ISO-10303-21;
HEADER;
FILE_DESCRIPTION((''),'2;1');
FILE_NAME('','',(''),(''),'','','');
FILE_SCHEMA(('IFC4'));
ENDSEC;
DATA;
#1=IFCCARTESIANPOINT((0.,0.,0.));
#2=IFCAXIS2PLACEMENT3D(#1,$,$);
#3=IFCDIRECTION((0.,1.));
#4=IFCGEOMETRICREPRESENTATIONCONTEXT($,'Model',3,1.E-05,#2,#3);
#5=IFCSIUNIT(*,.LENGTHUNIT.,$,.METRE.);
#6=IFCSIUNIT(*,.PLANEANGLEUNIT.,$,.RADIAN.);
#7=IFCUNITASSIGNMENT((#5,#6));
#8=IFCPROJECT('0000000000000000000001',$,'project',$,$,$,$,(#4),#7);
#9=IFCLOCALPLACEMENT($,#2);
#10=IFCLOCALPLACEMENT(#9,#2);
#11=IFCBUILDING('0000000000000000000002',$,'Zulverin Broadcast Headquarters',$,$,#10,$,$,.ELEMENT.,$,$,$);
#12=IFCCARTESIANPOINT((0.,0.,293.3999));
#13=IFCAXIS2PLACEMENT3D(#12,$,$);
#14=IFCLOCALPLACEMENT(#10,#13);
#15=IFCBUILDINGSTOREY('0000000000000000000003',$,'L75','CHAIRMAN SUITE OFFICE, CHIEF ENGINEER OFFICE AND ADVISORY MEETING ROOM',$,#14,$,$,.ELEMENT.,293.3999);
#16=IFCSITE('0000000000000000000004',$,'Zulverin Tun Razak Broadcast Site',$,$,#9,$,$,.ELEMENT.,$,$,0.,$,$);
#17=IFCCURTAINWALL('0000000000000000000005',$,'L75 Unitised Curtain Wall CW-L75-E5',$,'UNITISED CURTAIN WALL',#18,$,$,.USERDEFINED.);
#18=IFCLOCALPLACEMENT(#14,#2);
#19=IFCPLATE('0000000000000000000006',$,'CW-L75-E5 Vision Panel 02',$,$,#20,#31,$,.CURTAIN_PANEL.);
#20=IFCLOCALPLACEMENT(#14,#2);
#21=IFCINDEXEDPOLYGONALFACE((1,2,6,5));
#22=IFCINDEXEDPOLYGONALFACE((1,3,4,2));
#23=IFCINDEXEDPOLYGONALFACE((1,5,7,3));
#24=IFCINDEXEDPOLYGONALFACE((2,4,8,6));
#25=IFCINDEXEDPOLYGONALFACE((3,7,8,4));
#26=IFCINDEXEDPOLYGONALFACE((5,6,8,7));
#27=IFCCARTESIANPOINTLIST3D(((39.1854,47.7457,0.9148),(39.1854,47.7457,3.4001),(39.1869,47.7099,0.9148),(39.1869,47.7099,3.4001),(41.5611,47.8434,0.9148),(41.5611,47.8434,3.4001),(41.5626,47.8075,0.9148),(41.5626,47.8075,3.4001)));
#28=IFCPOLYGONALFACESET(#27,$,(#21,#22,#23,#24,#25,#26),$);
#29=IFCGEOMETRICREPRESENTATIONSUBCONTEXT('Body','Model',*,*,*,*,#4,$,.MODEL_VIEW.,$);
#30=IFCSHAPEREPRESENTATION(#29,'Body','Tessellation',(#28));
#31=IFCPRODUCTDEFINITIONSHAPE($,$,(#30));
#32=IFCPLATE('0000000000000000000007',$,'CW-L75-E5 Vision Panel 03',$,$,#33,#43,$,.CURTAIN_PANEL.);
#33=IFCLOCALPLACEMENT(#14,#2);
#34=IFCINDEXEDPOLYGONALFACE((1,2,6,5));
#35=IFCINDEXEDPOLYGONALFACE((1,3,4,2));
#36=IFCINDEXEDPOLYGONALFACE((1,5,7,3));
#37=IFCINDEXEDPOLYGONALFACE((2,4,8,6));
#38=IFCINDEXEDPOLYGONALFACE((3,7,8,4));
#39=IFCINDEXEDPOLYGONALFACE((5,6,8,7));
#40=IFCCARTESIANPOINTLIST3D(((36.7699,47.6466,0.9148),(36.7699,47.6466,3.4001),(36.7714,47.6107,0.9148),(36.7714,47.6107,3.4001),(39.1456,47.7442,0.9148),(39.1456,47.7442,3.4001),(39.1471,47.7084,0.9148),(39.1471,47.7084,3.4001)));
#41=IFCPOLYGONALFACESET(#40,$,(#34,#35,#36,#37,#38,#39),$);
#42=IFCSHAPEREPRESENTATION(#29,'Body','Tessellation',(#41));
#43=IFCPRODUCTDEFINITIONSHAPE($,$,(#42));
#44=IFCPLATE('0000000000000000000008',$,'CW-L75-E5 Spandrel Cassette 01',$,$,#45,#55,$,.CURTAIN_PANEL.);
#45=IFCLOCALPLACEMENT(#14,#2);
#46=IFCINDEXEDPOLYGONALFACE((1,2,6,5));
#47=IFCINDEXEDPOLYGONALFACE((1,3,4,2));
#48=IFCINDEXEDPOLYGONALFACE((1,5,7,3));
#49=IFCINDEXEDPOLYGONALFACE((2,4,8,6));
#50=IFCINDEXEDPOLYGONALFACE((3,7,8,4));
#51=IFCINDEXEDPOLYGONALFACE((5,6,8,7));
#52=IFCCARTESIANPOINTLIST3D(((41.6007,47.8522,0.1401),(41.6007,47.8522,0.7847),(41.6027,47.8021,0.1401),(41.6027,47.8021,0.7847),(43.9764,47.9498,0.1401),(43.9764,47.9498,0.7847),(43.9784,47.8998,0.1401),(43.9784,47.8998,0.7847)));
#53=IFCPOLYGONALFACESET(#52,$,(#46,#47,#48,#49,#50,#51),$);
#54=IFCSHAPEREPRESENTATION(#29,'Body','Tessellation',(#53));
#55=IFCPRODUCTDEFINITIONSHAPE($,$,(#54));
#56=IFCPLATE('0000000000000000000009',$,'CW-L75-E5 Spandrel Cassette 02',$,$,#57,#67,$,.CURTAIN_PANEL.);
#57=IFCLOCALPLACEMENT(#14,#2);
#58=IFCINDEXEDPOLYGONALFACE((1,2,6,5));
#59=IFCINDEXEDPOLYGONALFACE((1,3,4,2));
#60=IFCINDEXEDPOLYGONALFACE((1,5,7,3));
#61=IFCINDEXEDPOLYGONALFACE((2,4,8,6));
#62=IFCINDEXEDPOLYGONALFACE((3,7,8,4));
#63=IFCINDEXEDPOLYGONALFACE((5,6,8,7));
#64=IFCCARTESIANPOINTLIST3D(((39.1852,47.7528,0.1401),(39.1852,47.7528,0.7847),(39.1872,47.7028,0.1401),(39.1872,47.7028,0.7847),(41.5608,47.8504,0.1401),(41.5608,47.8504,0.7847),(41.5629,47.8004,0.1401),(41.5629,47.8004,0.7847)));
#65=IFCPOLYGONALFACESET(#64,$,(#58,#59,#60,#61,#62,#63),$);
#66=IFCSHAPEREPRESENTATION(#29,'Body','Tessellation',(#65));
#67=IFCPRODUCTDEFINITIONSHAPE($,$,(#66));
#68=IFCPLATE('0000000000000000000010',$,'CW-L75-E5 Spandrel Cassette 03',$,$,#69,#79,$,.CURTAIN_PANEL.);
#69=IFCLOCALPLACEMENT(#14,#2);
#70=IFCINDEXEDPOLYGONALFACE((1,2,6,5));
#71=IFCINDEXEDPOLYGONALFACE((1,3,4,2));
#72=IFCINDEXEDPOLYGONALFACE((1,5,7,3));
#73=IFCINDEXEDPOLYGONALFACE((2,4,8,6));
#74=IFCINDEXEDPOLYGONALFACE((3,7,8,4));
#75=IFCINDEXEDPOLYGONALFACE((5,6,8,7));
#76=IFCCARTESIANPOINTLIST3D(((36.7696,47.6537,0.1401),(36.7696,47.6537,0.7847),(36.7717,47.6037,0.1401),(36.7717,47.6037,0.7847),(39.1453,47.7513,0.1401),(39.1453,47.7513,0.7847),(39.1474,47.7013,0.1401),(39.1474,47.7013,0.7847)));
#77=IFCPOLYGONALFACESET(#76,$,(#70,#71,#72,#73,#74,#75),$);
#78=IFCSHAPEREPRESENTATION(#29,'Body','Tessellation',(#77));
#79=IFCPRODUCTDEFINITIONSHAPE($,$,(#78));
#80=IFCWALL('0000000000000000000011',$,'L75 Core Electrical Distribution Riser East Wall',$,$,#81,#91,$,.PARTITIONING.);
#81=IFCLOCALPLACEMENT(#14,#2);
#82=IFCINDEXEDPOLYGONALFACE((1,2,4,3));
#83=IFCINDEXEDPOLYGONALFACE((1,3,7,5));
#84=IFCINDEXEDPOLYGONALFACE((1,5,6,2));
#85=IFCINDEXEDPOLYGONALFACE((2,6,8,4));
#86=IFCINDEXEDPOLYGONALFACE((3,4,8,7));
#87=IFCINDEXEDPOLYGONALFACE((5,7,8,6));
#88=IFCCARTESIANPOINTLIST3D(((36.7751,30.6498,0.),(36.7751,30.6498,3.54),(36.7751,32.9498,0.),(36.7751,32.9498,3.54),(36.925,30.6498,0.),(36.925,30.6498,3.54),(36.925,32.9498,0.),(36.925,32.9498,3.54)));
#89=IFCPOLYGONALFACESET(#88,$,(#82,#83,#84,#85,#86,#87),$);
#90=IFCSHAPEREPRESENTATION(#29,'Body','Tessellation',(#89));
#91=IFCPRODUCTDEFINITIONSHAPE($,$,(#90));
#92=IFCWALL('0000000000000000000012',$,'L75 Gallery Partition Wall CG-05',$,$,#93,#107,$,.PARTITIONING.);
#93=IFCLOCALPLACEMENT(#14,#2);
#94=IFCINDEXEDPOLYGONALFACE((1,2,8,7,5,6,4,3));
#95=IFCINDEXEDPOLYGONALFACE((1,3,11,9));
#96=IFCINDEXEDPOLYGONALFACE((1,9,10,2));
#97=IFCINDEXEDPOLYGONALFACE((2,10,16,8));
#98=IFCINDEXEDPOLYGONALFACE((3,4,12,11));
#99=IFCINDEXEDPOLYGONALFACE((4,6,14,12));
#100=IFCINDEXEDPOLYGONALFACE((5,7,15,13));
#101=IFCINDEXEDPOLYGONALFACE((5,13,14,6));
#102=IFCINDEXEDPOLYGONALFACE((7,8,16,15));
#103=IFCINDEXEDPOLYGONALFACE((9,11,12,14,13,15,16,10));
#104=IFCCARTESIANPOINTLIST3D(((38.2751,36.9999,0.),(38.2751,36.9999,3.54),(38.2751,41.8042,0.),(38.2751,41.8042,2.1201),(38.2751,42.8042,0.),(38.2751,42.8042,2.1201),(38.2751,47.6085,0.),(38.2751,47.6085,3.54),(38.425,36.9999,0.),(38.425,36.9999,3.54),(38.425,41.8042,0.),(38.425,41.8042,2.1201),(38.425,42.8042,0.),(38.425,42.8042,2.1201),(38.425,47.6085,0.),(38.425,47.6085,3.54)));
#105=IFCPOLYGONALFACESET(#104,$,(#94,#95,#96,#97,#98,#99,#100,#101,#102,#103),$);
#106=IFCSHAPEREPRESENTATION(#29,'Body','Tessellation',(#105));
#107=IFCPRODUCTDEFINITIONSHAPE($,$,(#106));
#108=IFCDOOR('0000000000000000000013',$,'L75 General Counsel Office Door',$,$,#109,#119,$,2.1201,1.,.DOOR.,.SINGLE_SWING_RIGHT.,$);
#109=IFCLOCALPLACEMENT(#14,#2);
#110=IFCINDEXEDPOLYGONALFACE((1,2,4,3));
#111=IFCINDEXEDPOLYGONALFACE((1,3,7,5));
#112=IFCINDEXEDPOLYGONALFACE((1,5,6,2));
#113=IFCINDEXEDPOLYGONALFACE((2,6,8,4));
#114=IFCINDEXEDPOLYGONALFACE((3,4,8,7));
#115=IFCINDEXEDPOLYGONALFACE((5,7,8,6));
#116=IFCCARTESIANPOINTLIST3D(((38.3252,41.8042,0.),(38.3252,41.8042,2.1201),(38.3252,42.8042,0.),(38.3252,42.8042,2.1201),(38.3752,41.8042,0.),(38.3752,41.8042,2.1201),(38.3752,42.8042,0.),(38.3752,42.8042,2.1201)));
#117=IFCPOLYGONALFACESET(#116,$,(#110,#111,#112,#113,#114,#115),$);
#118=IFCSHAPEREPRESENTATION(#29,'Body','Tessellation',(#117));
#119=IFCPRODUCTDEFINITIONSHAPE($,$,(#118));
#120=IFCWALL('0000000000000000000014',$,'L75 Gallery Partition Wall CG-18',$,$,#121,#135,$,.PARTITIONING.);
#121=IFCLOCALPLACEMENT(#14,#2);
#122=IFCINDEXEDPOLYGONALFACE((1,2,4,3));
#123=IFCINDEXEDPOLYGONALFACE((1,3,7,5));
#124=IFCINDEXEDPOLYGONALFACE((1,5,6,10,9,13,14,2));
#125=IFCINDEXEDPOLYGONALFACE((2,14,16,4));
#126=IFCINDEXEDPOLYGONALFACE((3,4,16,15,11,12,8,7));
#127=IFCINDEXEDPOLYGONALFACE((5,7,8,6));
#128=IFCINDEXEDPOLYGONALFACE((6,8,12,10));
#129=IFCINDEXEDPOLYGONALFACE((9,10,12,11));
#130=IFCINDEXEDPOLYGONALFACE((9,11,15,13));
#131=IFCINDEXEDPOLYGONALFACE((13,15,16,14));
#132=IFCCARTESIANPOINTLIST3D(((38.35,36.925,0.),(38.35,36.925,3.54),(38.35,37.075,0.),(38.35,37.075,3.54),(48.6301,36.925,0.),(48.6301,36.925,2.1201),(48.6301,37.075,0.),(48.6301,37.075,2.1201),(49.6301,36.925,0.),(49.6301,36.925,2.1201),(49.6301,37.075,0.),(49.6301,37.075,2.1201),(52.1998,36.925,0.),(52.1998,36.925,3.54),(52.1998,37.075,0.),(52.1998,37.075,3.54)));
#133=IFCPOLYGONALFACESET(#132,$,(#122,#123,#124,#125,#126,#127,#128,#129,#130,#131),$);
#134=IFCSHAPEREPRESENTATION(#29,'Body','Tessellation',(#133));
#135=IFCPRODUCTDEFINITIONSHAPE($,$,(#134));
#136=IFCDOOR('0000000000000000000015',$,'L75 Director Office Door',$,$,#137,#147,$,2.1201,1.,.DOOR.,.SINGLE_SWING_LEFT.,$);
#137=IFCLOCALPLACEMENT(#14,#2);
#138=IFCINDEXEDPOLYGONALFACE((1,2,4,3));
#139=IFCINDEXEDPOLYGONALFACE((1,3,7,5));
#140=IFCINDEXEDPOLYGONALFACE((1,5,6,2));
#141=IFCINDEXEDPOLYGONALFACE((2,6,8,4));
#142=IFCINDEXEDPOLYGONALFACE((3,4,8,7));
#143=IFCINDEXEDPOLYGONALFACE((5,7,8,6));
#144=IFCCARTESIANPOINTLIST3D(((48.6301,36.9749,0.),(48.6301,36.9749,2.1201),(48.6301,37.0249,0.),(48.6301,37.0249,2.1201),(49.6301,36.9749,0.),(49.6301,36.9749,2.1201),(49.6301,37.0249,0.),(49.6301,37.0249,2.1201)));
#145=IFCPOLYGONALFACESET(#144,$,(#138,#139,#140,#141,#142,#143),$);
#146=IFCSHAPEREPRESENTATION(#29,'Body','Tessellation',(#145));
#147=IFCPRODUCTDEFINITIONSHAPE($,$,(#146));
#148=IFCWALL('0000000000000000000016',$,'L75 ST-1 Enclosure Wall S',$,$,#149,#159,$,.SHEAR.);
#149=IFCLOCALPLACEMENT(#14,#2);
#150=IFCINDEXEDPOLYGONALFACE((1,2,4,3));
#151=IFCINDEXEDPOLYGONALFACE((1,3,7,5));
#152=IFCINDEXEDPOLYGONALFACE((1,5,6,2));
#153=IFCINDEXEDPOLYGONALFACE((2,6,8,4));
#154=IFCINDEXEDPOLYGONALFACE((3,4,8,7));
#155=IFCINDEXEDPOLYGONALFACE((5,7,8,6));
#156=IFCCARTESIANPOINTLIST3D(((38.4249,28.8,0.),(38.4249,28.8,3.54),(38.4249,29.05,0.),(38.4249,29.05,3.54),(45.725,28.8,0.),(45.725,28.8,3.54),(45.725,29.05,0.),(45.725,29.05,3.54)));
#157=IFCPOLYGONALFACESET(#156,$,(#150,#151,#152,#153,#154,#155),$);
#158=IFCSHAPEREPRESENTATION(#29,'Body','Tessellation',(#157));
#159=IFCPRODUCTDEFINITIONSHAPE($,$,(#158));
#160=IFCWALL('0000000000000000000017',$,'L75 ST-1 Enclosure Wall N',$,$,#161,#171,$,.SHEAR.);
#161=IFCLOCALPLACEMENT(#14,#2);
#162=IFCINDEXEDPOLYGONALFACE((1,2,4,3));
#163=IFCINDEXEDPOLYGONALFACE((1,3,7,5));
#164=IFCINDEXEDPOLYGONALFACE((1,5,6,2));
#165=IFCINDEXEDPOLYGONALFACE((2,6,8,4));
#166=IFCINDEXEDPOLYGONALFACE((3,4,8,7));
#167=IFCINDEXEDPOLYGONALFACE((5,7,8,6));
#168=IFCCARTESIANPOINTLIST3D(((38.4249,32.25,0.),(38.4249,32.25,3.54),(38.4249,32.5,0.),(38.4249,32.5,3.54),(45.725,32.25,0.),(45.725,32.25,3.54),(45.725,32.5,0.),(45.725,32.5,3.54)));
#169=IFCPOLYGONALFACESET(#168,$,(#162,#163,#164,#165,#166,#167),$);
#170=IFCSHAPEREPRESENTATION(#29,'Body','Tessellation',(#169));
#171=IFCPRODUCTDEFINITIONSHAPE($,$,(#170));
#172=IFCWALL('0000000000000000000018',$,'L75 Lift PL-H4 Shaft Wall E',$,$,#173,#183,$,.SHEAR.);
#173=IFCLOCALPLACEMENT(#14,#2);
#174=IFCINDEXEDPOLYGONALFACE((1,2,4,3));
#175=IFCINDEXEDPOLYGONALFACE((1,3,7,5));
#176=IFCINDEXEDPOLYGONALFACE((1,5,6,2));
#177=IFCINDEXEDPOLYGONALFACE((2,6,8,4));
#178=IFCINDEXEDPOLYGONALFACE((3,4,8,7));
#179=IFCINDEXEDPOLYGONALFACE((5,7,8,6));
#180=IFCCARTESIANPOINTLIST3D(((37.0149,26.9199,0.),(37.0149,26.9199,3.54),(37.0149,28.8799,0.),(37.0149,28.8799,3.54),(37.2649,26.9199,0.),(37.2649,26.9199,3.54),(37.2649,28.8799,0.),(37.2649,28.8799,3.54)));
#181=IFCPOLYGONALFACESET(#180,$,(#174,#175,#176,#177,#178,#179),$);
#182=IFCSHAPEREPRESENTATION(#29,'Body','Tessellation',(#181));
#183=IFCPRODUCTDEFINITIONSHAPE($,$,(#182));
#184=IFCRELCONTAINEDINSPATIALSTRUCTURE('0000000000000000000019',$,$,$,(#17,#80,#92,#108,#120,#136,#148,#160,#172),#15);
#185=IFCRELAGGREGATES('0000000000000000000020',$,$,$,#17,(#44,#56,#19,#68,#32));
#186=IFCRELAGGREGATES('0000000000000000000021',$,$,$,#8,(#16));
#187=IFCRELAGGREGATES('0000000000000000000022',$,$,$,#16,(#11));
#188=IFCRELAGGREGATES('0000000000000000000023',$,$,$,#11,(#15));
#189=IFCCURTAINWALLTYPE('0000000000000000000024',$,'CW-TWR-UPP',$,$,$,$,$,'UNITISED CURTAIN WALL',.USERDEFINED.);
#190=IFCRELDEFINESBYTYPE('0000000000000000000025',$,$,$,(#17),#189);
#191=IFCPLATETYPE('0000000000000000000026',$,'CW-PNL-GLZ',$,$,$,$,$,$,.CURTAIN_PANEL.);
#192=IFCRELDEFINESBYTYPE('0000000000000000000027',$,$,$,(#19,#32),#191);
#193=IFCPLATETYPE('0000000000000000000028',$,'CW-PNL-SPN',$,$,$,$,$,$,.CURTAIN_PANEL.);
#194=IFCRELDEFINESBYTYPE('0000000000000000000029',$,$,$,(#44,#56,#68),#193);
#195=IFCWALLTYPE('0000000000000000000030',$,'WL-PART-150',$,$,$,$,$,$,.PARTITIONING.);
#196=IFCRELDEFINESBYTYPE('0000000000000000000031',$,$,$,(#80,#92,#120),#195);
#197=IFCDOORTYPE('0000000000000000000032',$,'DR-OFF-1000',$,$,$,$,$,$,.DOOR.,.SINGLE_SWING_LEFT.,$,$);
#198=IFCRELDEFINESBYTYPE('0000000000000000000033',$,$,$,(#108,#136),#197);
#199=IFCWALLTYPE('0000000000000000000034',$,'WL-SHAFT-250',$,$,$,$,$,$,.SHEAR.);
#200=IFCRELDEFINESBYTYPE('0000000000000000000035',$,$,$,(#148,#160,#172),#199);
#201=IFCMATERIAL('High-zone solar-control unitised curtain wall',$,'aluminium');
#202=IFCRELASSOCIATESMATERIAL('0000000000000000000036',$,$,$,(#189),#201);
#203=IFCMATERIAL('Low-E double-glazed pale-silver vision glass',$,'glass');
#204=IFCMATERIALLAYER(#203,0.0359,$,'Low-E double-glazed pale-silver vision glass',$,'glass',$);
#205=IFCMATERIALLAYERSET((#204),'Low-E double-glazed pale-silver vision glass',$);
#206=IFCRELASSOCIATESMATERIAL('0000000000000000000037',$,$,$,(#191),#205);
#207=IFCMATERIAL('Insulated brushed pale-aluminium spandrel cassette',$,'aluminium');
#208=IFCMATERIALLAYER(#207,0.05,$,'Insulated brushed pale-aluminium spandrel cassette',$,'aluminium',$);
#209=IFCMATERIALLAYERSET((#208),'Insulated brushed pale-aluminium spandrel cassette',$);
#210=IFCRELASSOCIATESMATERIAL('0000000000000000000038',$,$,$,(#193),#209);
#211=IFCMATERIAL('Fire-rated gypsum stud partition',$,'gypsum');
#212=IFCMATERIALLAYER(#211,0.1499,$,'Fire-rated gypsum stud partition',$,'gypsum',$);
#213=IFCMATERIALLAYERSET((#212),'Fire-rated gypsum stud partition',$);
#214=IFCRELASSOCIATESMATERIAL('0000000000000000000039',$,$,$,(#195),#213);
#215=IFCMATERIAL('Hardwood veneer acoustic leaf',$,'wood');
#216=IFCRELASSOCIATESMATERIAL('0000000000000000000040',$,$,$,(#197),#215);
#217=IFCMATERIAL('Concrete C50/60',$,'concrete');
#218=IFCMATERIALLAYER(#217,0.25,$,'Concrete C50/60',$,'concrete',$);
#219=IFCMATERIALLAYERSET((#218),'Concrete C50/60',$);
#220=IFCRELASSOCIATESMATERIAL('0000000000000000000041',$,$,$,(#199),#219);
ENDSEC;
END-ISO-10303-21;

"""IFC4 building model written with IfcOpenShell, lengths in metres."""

from ifc_helpers import new_model, si_unit, direction, frame, frame_2d, origin, origin_2d, place, context, subcontext, project, spatial, rectangle, extrude, material, layer, layer_set, type_object, element, fill, aggregate, save


model = new_model("IFC4")

# Units and contexts
model_context = context("Model", 3, precision=1e-05, world=origin(), true_north=direction((0.0, 1.0)))
body_context = subcontext(model_context, "Body", "Model", "MODEL_VIEW")
ifc_project = project(units=[si_unit("LENGTHUNIT", "METRE"), si_unit("PLANEANGLEUNIT", "RADIAN")], contexts=[model_context])

# Site, building, storey
site_placement = place(None, origin())
site = spatial("IfcSite", under=ifc_project, at=site_placement, Name="Zulverin Tun Razak Broadcast Site", CompositionType="ELEMENT", RefElevation=0.0)
building_placement = place(site_placement, origin())
building = spatial("IfcBuilding", under=site, at=building_placement, Name="Zulverin Broadcast Headquarters", CompositionType="ELEMENT")
storey_placement = place(building_placement, frame((0.0, 0.0, 293.3999)))
storey = spatial("IfcBuildingStorey", under=building, at=storey_placement, Name="L75", Description="CHAIRMAN SUITE OFFICE, CHIEF ENGINEER OFFICE AND ADVISORY MEETING ROOM", CompositionType="ELEMENT", Elevation=293.3999)

# Shared definitions
ifc_material_1 = material(Name="Concrete C50/60", Category="concrete")

# Curtain wall, plates
ifc_material_2 = material(Name="High-zone solar-control unitised curtain wall", Category="aluminium")
curtain_wall_type = type_object("IfcCurtainWallType", Name="CW-TWR-UPP", ElementType="UNITISED CURTAIN WALL", PredefinedType="USERDEFINED", material=ifc_material_2)
curtain_wall_placement = place(storey_placement, origin())
curtain_wall = element("IfcCurtainWall", 1, at=curtain_wall_placement, inside=storey, type_object=curtain_wall_type, Name="L75 Unitised Curtain Wall CW-L75-E5", ObjectType="UNITISED CURTAIN WALL", PredefinedType="USERDEFINED")
ifc_material_3 = material(Name="Low-E double-glazed pale-silver vision glass", Category="glass")
ifc_layer_1 = layer(ifc_material_3, 0.0359, Name="Low-E double-glazed pale-silver vision glass", Category="glass")
ifc_layer_set_1 = layer_set([ifc_layer_1], Name="Low-E double-glazed pale-silver vision glass")
plate_type_1 = type_object("IfcPlateType", Name="CW-PNL-GLZ", PredefinedType="CURTAIN_PANEL", material=ifc_layer_set_1)
plate_1_placement = place(storey_placement, frame((40.374, 47.7766, 0.9148), z_axis=(0.0, 0.0, 1.0), x_axis=(-0.999156, -0.041068, 0.0)))
plate_1 = element("IfcPlate", 2, at=plate_1_placement, type_object=plate_type_1, Name="CW-L75-E5 Vision Panel 02", PredefinedType="CURTAIN_PANEL", context=body_context, shape_type="SweptSolid", body=[
    extrude(rectangle(XDim=2.3777, YDim=0.0359, at=origin_2d()), origin(), (0.0, 0.0, 1.0), 2.4854),
])
plate_2_placement = place(storey_placement, frame((37.9585, 47.6775, 0.9148), z_axis=(0.0, 0.0, 1.0), x_axis=(-0.999156, -0.041068, 0.0)))
plate_2 = element("IfcPlate", 3, at=plate_2_placement, type_object=plate_type_1, Name="CW-L75-E5 Vision Panel 03", PredefinedType="CURTAIN_PANEL", context=body_context, shape_type="SweptSolid", body=[
    extrude(rectangle(XDim=2.3777, YDim=0.0359, at=origin_2d()), origin(), (0.0, 0.0, 1.0), 2.4854),
])
ifc_material_4 = material(Name="Insulated brushed pale-aluminium spandrel cassette", Category="aluminium")
ifc_layer_2 = layer(ifc_material_4, 0.05, Name="Insulated brushed pale-aluminium spandrel cassette", Category="aluminium")
ifc_layer_set_2 = layer_set([ifc_layer_2], Name="Insulated brushed pale-aluminium spandrel cassette")
plate_type_2 = type_object("IfcPlateType", Name="CW-PNL-SPN", PredefinedType="CURTAIN_PANEL", material=ifc_layer_set_2)
plate_3_placement = place(storey_placement, frame((42.7896, 47.876, 0.1401), z_axis=(0.0, 0.0, 1.0), x_axis=(-0.999156, -0.041068, 0.0)))
plate_3 = element("IfcPlate", 4, at=plate_3_placement, type_object=plate_type_2, Name="CW-L75-E5 Spandrel Cassette 01", PredefinedType="CURTAIN_PANEL", context=body_context, shape_type="SweptSolid", body=[
    extrude(rectangle(XDim=2.3777, YDim=0.05, at=origin_2d()), origin(), (0.0, 0.0, 1.0), 0.6445),
])
plate_4_placement = place(storey_placement, frame((40.374, 47.7766, 0.1401), z_axis=(0.0, 0.0, 1.0), x_axis=(-0.999156, -0.041068, 0.0)))
plate_4 = element("IfcPlate", 5, at=plate_4_placement, type_object=plate_type_2, Name="CW-L75-E5 Spandrel Cassette 02", PredefinedType="CURTAIN_PANEL", context=body_context, shape_type="SweptSolid", body=[
    extrude(rectangle(XDim=2.3777, YDim=0.05, at=origin_2d()), origin(), (0.0, 0.0, 1.0), 0.6445),
])
plate_5_placement = place(storey_placement, frame((37.9585, 47.6775, 0.1401), z_axis=(0.0, 0.0, 1.0), x_axis=(-0.999156, -0.041068, 0.0)))
plate_5 = element("IfcPlate", 6, at=plate_5_placement, type_object=plate_type_2, Name="CW-L75-E5 Spandrel Cassette 03", PredefinedType="CURTAIN_PANEL", context=body_context, shape_type="SweptSolid", body=[
    extrude(rectangle(XDim=2.3777, YDim=0.05, at=origin_2d()), origin(), (0.0, 0.0, 1.0), 0.6445),
])
aggregate(curtain_wall, [plate_3, plate_4, plate_1, plate_5, plate_2])

# Wall
ifc_material_5 = material(Name="Fire-rated gypsum stud partition", Category="gypsum")
ifc_layer_3 = layer(ifc_material_5, 0.1499, Name="Fire-rated gypsum stud partition", Category="gypsum")
ifc_layer_set_3 = layer_set([ifc_layer_3], Name="Fire-rated gypsum stud partition")
wall_type_1 = type_object("IfcWallType", Name="WL-PART-150", PredefinedType="PARTITIONING", material=ifc_layer_set_3)
wall_1_placement = place(storey_placement, frame((36.8501, 30.6499, 0.0), z_axis=(0.0, 0.0, 1.0), x_axis=(0.0, 1.0, 0.0)))
element("IfcWall", 7, at=wall_1_placement, inside=storey, type_object=wall_type_1, Name="L75 Core Electrical Distribution Riser East Wall", PredefinedType="PARTITIONING", context=body_context, shape_type="SweptSolid", body=[
    extrude(rectangle(XDim=2.3, YDim=0.1499, at=frame_2d((1.1499, 0.0))), origin(), (0.0, 0.0, 1.0), 3.54),
])

# Walls, openings, doors
wall_2_placement = place(storey_placement, frame((38.3501, 37.0, 0.0), z_axis=(0.0, 0.0, 1.0), x_axis=(0.0, 1.0, 0.0)))
wall_2 = element("IfcWall", 8, at=wall_2_placement, inside=storey, type_object=wall_type_1, Name="L75 Gallery Partition Wall CG-05", PredefinedType="PARTITIONING", context=body_context, shape_type="SweptSolid", body=[
    extrude(rectangle(XDim=10.6086, YDim=0.1499, at=frame_2d((5.3042, 0.0))), origin(), (0.0, 0.0, 1.0), 3.54),
])
opening_1_placement = place(wall_2_placement, frame((4.8042, 0.0, 0.0)))
opening_1 = element("IfcOpeningElement", 9, at=opening_1_placement, cuts=wall_2, PredefinedType="OPENING", context=body_context, shape_type="SweptSolid", body=[
    extrude(rectangle(XDim=1.0, YDim=2.1201, at=frame_2d((0.5, 1.0601))), frame((0.0, 0.085, 0.0), z_axis=(0.0, -1.0, 0.0), x_axis=(1.0, 0.0, 0.0)), (0.0, 0.0, 1.0), 0.1699),
])
ifc_material_6 = material(Name="Hardwood veneer acoustic leaf", Category="wood")
door_type_1 = type_object("IfcDoorType", Name="DR-OFF-1000", OperationType="SINGLE_SWING_LEFT", PredefinedType="DOOR", material=ifc_material_6)
door_1_placement = place(opening_1_placement, origin())
door_1 = element("IfcDoor", 10, at=door_1_placement, inside=storey, type_object=door_type_1, Name="L75 General Counsel Office Door", OperationType="SINGLE_SWING_RIGHT", OverallHeight=2.1201, OverallWidth=1.0, PredefinedType="DOOR", context=body_context, shape_type="SweptSolid", body=[
    extrude(rectangle(XDim=1.0, YDim=2.1201, at=frame_2d((0.5, 1.0601))), frame((0.0, 0.0249, 0.0), z_axis=(0.0, -1.0, 0.0), x_axis=(1.0, 0.0, 0.0)), (0.0, 0.0, 1.0), 0.05),
])
fill(opening_1, door_1)
wall_3_placement = place(storey_placement, frame((38.3501, 37.0, 0.0), z_axis=(0.0, 0.0, 1.0), x_axis=(1.0, 0.0, 0.0)))
wall_3 = element("IfcWall", 11, at=wall_3_placement, inside=storey, type_object=wall_type_1, Name="L75 Gallery Partition Wall CG-18", PredefinedType="PARTITIONING", context=body_context, shape_type="SweptSolid", body=[
    extrude(rectangle(XDim=13.8499, YDim=0.1499, at=frame_2d((6.9248, 0.0))), origin(), (0.0, 0.0, 1.0), 3.54),
])
opening_2_placement = place(wall_3_placement, frame((10.28, 0.0, 0.0)))
opening_2 = element("IfcOpeningElement", 12, at=opening_2_placement, cuts=wall_3, PredefinedType="OPENING", context=body_context, shape_type="SweptSolid", body=[
    extrude(rectangle(XDim=1.0, YDim=2.1201, at=frame_2d((0.5, 1.0601))), frame((0.0, 0.085, 0.0), z_axis=(0.0, -1.0, 0.0), x_axis=(1.0, 0.0, 0.0)), (0.0, 0.0, 1.0), 0.1699),
])
door_2_placement = place(opening_2_placement, origin())
door_2 = element("IfcDoor", 13, at=door_2_placement, inside=storey, type_object=door_type_1, Name="L75 Director Office Door", OperationType="SINGLE_SWING_LEFT", OverallHeight=2.1201, OverallWidth=1.0, PredefinedType="DOOR", context=body_context, shape_type="SweptSolid", body=[
    extrude(rectangle(XDim=1.0, YDim=2.1201, at=frame_2d((0.5, 1.0601))), frame((0.0, 0.0249, 0.0), z_axis=(0.0, -1.0, 0.0), x_axis=(1.0, 0.0, 0.0)), (0.0, 0.0, 1.0), 0.05),
])
fill(opening_2, door_2)

# Walls
ifc_layer_4 = layer(ifc_material_1, 0.25, Name="Concrete C50/60", Category="concrete")
ifc_layer_set_4 = layer_set([ifc_layer_4], Name="Concrete C50/60")
wall_type_2 = type_object("IfcWallType", Name="WL-SHAFT-250", PredefinedType="SHEAR", material=ifc_layer_set_4)
for number, where, z_axis, x_axis, name in (
    (14, (38.425, 28.925, 0.0), (0.0, 0.0, 1.0), (1.0, 0.0, 0.0), "L75 ST-1 Enclosure Wall S"),
    (15, (38.425, 32.375, 0.0), (0.0, 0.0, 1.0), (1.0, 0.0, 0.0), "L75 ST-1 Enclosure Wall N"),
):
    element("IfcWall", number, at=place(storey_placement, frame(where, z_axis=z_axis, x_axis=x_axis)), inside=storey, type_object=wall_type_2, Name=name, PredefinedType="SHEAR", context=body_context, shape_type="SweptSolid", body=[
        extrude(rectangle(XDim=7.3, YDim=0.25, at=frame_2d((3.6499, 0.0))), origin(), (0.0, 0.0, 1.0), 3.54),
    ])

# Wall
wall_4_placement = place(storey_placement, frame((37.1399, 26.9199, 0.0), z_axis=(0.0, 0.0, 1.0), x_axis=(0.0, 1.0, 0.0)))
element("IfcWall", 16, at=wall_4_placement, inside=storey, type_object=wall_type_2, Name="L75 Lift PL-H4 Shaft Wall E", PredefinedType="SHEAR", context=body_context, shape_type="SweptSolid", body=[
    extrude(rectangle(XDim=1.96, YDim=0.25, at=frame_2d((0.98, 0.0))), origin(), (0.0, 0.0, 1.0), 3.54),
])

save(model, "model.ifc")
